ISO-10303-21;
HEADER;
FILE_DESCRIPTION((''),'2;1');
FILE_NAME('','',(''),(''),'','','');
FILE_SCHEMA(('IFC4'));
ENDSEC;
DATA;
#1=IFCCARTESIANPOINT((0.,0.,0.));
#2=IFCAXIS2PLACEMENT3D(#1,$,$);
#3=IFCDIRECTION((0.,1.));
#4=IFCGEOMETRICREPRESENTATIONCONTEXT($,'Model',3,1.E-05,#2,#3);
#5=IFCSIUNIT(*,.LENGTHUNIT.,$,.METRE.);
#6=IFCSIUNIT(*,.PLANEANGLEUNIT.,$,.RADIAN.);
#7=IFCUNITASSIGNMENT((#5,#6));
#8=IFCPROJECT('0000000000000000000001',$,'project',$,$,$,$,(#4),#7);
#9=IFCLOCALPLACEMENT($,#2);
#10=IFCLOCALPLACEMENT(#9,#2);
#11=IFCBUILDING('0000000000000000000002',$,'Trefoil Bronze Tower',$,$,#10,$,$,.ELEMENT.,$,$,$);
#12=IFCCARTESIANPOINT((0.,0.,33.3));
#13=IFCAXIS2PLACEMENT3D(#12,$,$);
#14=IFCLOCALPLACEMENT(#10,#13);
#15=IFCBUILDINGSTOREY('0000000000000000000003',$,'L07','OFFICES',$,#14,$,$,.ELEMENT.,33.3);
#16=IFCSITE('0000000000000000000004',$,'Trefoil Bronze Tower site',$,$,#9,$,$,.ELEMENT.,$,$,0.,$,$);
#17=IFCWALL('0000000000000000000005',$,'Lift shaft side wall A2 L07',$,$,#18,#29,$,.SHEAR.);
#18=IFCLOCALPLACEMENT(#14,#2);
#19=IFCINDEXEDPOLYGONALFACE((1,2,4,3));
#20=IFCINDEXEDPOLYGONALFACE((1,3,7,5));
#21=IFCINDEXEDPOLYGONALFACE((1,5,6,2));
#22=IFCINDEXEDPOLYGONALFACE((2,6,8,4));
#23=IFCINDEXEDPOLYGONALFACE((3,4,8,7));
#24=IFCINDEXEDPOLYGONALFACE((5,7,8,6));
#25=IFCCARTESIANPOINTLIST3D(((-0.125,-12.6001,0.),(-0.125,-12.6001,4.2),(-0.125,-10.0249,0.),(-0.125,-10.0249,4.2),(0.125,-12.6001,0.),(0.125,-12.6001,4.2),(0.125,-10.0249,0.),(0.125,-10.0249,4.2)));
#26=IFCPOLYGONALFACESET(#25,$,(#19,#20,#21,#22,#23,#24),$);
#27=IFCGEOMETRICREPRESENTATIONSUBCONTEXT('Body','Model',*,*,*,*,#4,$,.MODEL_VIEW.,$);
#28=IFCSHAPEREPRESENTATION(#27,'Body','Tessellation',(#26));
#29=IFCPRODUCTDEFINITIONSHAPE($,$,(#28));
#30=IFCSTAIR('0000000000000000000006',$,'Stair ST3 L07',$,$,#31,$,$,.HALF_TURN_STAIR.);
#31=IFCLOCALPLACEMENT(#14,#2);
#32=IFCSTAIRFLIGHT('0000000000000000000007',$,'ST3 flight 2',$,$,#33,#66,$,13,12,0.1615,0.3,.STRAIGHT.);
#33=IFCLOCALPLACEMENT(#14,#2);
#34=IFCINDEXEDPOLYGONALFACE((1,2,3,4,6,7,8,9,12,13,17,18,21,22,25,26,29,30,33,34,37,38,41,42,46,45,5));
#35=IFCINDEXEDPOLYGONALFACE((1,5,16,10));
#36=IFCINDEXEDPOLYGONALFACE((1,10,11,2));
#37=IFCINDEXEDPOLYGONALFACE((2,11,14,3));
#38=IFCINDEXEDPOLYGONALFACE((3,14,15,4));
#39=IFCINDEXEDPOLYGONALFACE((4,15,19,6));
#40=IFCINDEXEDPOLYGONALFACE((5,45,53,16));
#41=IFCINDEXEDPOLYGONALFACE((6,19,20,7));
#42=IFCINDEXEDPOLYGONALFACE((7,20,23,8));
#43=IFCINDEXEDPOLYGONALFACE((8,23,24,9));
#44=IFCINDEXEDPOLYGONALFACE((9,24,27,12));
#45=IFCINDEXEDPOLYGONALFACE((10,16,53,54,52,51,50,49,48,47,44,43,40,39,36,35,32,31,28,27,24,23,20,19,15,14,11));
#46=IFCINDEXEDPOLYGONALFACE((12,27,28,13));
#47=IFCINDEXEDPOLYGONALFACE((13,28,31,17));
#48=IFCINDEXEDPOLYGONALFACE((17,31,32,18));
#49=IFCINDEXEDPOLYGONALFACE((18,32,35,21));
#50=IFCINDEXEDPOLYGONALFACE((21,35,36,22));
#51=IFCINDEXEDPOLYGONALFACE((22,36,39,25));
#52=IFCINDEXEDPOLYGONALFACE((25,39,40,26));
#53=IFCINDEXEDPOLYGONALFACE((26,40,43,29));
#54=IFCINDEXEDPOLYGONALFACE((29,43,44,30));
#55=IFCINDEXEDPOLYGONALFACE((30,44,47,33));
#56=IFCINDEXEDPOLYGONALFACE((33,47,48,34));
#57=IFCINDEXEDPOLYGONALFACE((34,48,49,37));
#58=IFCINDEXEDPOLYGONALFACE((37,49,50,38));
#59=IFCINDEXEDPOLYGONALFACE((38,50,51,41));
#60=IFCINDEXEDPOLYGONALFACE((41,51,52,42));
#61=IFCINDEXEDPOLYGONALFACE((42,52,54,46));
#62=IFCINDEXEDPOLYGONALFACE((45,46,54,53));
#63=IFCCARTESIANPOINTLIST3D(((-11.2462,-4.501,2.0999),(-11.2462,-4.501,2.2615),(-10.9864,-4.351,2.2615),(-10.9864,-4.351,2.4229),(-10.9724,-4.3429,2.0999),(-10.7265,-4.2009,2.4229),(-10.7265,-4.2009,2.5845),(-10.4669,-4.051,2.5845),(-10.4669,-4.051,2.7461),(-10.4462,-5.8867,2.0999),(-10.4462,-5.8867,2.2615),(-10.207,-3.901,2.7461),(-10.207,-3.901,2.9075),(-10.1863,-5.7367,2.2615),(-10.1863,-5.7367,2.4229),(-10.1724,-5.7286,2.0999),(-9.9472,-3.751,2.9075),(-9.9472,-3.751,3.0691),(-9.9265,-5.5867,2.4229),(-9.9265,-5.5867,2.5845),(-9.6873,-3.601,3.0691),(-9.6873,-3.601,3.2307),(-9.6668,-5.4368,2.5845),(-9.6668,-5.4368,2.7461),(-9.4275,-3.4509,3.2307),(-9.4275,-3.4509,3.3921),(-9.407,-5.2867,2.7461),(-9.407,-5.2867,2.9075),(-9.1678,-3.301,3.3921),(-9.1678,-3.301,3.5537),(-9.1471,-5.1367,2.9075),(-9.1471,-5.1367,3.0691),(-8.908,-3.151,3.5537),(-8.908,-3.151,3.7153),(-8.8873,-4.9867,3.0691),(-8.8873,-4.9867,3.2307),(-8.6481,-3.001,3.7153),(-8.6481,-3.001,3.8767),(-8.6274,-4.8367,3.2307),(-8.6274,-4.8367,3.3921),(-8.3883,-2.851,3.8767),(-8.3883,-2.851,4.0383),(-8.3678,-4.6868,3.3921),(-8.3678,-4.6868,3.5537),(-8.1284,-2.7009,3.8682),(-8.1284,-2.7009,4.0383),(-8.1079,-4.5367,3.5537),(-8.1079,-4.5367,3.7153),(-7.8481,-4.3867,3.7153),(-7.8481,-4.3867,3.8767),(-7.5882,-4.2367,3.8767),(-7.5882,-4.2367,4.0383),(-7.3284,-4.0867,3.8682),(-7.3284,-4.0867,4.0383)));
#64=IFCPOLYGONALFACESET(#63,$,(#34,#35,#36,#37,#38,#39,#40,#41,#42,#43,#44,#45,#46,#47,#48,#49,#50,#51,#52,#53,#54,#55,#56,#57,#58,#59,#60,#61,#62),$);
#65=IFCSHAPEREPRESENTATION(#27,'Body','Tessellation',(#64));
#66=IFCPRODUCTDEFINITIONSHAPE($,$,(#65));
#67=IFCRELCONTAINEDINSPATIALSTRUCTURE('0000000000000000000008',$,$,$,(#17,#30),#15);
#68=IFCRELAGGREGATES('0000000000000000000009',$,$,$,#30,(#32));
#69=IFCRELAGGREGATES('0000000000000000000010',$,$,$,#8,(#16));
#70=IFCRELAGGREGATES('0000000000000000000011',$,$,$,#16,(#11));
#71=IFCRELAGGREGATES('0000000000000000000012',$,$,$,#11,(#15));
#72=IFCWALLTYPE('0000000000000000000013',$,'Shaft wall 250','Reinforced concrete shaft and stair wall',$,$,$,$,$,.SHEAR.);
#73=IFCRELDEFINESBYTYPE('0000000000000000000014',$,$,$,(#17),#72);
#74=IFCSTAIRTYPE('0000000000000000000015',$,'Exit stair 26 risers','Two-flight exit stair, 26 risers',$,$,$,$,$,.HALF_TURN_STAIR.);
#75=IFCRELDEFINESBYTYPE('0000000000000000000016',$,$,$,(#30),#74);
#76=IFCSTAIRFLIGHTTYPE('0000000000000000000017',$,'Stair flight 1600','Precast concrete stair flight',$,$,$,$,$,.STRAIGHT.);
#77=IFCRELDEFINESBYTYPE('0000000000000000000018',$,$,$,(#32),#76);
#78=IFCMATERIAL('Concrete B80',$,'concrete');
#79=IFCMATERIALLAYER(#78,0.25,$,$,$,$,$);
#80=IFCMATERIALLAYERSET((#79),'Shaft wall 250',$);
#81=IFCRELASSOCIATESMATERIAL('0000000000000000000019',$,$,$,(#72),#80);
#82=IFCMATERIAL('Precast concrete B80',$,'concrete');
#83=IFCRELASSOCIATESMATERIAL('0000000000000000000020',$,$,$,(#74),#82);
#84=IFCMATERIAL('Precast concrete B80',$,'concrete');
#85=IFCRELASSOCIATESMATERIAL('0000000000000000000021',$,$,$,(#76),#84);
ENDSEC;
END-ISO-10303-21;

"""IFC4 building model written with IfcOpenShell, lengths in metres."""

from ifc_helpers import new_model, si_unit, direction, frame, frame_2d, origin, place, context, subcontext, project, spatial, polyline, rectangle, outline, extrude, material, layer, layer_set, type_object, element, aggregate, save


model = new_model("IFC4")

# Units and contexts
model_context = context("Model", 3, precision=1e-05, world=origin(), true_north=direction((0.0, 1.0)))
body_context = subcontext(model_context, "Body", "Model", "MODEL_VIEW")
ifc_project = project(units=[si_unit("LENGTHUNIT", "METRE"), si_unit("PLANEANGLEUNIT", "RADIAN")], contexts=[model_context])

# Site, building, storey
site_placement = place(None, origin())
site = spatial("IfcSite", under=ifc_project, at=site_placement, Name="Trefoil Bronze Tower site", CompositionType="ELEMENT", RefElevation=0.0)
building_placement = place(site_placement, origin())
building = spatial("IfcBuilding", under=site, at=building_placement, Name="Trefoil Bronze Tower", CompositionType="ELEMENT")
storey_placement = place(building_placement, frame((0.0, 0.0, 33.3)))
storey = spatial("IfcBuildingStorey", under=building, at=storey_placement, Name="L07", Description="OFFICES", CompositionType="ELEMENT", Elevation=33.3)

# Shared definitions
ifc_material_1 = material(Name="Concrete B80", Category="concrete")
ifc_layer_1 = layer(ifc_material_1, 0.25)
ifc_layer_set_1 = layer_set([ifc_layer_1], Name="Shaft wall 250")
wall_type_1 = type_object("IfcWallType", Name="Shaft wall 250", Description="Reinforced concrete shaft and stair wall", PredefinedType="SHEAR", material=ifc_layer_set_1)

# Wall
for number, where, z_axis, x_axis, name in (
    (1, (0.0, -10.0249, 0.0), (0.0, 0.0, 1.0), (0.0, -1.0, 0.0), "Lift shaft side wall A2 L07"),
):
    element("IfcWall", number, at=place(storey_placement, frame(where, z_axis=z_axis, x_axis=x_axis)), inside=storey, type_object=wall_type_1, Name=name, PredefinedType="SHEAR", context=body_context, shape_type="SweptSolid", body=[
        extrude(rectangle(XDim=2.5752, YDim=0.25, at=frame_2d((1.2876, 0.0))), origin(), (0.0, 0.0, 1.0), 4.2),
    ])

# Stair, stair flight
ifc_material_2 = material(Name="Precast concrete B80", Category="concrete")
stair_type = type_object("IfcStairType", Name="Exit stair 26 risers", Description="Two-flight exit stair, 26 risers", PredefinedType="HALF_TURN_STAIR", material=ifc_material_2)
stair_placement = place(storey_placement, origin())
stair = element("IfcStair", 2, at=stair_placement, inside=storey, type_object=stair_type, Name="Stair ST3 L07", PredefinedType="HALF_TURN_STAIR")
ifc_material_3 = material(Name="Precast concrete B80", Category="concrete")
stair_flight_type = type_object("IfcStairFlightType", Name="Stair flight 1600", Description="Precast concrete stair flight", PredefinedType="STRAIGHT", material=ifc_material_3)
stair_flight_placement = place(storey_placement, frame((-10.8462, -5.1938, 2.0999), z_axis=(0.0, 0.0, 1.0), x_axis=(0.866025, 0.5, 0.0)))
stair_flight = element("IfcStairFlight", 3, at=stair_flight_placement, type_object=stair_flight_type, Name="ST3 flight 2", NumberOfRisers=13, NumberOfTreads=12, PredefinedType="STRAIGHT", RiserHeight=0.1615, TreadLength=0.3, context=body_context, shape_type="SweptSolid", body=[
    extrude(outline(polyline([(0.0, 0.0), (0.0, 0.1616), (0.3, 0.1616), (0.3, 0.323), (0.6001, 0.323), (0.6001, 0.4846), (0.8999, 0.4846), (0.8999, 0.6462), (1.2, 0.6462), (1.2, 0.8076), (1.5, 0.8076), (1.5, 0.9692), (1.8, 0.9692), (1.8, 1.1309), (2.1001, 1.1309), (2.1001, 1.2922), (2.3999, 1.2922), (2.3999, 1.4539), (2.7, 1.4539), (2.7, 1.6155), (3.0, 1.6155), (3.0, 1.7769), (3.3, 1.7769), (3.3, 1.9385), (3.6001, 1.9385), (3.6001, 2.1001), (3.6001, 1.7683), (0.3162, 0.0), (0.0, 0.0)])), frame((0.0, 0.8, 0.0), z_axis=(0.0, -1.0, 0.0), x_axis=(1.0, 0.0, 0.0)), (0.0, 0.0, 1.0), 1.6001),
])
aggregate(stair, [stair_flight])

save(model, "model.ifc")
